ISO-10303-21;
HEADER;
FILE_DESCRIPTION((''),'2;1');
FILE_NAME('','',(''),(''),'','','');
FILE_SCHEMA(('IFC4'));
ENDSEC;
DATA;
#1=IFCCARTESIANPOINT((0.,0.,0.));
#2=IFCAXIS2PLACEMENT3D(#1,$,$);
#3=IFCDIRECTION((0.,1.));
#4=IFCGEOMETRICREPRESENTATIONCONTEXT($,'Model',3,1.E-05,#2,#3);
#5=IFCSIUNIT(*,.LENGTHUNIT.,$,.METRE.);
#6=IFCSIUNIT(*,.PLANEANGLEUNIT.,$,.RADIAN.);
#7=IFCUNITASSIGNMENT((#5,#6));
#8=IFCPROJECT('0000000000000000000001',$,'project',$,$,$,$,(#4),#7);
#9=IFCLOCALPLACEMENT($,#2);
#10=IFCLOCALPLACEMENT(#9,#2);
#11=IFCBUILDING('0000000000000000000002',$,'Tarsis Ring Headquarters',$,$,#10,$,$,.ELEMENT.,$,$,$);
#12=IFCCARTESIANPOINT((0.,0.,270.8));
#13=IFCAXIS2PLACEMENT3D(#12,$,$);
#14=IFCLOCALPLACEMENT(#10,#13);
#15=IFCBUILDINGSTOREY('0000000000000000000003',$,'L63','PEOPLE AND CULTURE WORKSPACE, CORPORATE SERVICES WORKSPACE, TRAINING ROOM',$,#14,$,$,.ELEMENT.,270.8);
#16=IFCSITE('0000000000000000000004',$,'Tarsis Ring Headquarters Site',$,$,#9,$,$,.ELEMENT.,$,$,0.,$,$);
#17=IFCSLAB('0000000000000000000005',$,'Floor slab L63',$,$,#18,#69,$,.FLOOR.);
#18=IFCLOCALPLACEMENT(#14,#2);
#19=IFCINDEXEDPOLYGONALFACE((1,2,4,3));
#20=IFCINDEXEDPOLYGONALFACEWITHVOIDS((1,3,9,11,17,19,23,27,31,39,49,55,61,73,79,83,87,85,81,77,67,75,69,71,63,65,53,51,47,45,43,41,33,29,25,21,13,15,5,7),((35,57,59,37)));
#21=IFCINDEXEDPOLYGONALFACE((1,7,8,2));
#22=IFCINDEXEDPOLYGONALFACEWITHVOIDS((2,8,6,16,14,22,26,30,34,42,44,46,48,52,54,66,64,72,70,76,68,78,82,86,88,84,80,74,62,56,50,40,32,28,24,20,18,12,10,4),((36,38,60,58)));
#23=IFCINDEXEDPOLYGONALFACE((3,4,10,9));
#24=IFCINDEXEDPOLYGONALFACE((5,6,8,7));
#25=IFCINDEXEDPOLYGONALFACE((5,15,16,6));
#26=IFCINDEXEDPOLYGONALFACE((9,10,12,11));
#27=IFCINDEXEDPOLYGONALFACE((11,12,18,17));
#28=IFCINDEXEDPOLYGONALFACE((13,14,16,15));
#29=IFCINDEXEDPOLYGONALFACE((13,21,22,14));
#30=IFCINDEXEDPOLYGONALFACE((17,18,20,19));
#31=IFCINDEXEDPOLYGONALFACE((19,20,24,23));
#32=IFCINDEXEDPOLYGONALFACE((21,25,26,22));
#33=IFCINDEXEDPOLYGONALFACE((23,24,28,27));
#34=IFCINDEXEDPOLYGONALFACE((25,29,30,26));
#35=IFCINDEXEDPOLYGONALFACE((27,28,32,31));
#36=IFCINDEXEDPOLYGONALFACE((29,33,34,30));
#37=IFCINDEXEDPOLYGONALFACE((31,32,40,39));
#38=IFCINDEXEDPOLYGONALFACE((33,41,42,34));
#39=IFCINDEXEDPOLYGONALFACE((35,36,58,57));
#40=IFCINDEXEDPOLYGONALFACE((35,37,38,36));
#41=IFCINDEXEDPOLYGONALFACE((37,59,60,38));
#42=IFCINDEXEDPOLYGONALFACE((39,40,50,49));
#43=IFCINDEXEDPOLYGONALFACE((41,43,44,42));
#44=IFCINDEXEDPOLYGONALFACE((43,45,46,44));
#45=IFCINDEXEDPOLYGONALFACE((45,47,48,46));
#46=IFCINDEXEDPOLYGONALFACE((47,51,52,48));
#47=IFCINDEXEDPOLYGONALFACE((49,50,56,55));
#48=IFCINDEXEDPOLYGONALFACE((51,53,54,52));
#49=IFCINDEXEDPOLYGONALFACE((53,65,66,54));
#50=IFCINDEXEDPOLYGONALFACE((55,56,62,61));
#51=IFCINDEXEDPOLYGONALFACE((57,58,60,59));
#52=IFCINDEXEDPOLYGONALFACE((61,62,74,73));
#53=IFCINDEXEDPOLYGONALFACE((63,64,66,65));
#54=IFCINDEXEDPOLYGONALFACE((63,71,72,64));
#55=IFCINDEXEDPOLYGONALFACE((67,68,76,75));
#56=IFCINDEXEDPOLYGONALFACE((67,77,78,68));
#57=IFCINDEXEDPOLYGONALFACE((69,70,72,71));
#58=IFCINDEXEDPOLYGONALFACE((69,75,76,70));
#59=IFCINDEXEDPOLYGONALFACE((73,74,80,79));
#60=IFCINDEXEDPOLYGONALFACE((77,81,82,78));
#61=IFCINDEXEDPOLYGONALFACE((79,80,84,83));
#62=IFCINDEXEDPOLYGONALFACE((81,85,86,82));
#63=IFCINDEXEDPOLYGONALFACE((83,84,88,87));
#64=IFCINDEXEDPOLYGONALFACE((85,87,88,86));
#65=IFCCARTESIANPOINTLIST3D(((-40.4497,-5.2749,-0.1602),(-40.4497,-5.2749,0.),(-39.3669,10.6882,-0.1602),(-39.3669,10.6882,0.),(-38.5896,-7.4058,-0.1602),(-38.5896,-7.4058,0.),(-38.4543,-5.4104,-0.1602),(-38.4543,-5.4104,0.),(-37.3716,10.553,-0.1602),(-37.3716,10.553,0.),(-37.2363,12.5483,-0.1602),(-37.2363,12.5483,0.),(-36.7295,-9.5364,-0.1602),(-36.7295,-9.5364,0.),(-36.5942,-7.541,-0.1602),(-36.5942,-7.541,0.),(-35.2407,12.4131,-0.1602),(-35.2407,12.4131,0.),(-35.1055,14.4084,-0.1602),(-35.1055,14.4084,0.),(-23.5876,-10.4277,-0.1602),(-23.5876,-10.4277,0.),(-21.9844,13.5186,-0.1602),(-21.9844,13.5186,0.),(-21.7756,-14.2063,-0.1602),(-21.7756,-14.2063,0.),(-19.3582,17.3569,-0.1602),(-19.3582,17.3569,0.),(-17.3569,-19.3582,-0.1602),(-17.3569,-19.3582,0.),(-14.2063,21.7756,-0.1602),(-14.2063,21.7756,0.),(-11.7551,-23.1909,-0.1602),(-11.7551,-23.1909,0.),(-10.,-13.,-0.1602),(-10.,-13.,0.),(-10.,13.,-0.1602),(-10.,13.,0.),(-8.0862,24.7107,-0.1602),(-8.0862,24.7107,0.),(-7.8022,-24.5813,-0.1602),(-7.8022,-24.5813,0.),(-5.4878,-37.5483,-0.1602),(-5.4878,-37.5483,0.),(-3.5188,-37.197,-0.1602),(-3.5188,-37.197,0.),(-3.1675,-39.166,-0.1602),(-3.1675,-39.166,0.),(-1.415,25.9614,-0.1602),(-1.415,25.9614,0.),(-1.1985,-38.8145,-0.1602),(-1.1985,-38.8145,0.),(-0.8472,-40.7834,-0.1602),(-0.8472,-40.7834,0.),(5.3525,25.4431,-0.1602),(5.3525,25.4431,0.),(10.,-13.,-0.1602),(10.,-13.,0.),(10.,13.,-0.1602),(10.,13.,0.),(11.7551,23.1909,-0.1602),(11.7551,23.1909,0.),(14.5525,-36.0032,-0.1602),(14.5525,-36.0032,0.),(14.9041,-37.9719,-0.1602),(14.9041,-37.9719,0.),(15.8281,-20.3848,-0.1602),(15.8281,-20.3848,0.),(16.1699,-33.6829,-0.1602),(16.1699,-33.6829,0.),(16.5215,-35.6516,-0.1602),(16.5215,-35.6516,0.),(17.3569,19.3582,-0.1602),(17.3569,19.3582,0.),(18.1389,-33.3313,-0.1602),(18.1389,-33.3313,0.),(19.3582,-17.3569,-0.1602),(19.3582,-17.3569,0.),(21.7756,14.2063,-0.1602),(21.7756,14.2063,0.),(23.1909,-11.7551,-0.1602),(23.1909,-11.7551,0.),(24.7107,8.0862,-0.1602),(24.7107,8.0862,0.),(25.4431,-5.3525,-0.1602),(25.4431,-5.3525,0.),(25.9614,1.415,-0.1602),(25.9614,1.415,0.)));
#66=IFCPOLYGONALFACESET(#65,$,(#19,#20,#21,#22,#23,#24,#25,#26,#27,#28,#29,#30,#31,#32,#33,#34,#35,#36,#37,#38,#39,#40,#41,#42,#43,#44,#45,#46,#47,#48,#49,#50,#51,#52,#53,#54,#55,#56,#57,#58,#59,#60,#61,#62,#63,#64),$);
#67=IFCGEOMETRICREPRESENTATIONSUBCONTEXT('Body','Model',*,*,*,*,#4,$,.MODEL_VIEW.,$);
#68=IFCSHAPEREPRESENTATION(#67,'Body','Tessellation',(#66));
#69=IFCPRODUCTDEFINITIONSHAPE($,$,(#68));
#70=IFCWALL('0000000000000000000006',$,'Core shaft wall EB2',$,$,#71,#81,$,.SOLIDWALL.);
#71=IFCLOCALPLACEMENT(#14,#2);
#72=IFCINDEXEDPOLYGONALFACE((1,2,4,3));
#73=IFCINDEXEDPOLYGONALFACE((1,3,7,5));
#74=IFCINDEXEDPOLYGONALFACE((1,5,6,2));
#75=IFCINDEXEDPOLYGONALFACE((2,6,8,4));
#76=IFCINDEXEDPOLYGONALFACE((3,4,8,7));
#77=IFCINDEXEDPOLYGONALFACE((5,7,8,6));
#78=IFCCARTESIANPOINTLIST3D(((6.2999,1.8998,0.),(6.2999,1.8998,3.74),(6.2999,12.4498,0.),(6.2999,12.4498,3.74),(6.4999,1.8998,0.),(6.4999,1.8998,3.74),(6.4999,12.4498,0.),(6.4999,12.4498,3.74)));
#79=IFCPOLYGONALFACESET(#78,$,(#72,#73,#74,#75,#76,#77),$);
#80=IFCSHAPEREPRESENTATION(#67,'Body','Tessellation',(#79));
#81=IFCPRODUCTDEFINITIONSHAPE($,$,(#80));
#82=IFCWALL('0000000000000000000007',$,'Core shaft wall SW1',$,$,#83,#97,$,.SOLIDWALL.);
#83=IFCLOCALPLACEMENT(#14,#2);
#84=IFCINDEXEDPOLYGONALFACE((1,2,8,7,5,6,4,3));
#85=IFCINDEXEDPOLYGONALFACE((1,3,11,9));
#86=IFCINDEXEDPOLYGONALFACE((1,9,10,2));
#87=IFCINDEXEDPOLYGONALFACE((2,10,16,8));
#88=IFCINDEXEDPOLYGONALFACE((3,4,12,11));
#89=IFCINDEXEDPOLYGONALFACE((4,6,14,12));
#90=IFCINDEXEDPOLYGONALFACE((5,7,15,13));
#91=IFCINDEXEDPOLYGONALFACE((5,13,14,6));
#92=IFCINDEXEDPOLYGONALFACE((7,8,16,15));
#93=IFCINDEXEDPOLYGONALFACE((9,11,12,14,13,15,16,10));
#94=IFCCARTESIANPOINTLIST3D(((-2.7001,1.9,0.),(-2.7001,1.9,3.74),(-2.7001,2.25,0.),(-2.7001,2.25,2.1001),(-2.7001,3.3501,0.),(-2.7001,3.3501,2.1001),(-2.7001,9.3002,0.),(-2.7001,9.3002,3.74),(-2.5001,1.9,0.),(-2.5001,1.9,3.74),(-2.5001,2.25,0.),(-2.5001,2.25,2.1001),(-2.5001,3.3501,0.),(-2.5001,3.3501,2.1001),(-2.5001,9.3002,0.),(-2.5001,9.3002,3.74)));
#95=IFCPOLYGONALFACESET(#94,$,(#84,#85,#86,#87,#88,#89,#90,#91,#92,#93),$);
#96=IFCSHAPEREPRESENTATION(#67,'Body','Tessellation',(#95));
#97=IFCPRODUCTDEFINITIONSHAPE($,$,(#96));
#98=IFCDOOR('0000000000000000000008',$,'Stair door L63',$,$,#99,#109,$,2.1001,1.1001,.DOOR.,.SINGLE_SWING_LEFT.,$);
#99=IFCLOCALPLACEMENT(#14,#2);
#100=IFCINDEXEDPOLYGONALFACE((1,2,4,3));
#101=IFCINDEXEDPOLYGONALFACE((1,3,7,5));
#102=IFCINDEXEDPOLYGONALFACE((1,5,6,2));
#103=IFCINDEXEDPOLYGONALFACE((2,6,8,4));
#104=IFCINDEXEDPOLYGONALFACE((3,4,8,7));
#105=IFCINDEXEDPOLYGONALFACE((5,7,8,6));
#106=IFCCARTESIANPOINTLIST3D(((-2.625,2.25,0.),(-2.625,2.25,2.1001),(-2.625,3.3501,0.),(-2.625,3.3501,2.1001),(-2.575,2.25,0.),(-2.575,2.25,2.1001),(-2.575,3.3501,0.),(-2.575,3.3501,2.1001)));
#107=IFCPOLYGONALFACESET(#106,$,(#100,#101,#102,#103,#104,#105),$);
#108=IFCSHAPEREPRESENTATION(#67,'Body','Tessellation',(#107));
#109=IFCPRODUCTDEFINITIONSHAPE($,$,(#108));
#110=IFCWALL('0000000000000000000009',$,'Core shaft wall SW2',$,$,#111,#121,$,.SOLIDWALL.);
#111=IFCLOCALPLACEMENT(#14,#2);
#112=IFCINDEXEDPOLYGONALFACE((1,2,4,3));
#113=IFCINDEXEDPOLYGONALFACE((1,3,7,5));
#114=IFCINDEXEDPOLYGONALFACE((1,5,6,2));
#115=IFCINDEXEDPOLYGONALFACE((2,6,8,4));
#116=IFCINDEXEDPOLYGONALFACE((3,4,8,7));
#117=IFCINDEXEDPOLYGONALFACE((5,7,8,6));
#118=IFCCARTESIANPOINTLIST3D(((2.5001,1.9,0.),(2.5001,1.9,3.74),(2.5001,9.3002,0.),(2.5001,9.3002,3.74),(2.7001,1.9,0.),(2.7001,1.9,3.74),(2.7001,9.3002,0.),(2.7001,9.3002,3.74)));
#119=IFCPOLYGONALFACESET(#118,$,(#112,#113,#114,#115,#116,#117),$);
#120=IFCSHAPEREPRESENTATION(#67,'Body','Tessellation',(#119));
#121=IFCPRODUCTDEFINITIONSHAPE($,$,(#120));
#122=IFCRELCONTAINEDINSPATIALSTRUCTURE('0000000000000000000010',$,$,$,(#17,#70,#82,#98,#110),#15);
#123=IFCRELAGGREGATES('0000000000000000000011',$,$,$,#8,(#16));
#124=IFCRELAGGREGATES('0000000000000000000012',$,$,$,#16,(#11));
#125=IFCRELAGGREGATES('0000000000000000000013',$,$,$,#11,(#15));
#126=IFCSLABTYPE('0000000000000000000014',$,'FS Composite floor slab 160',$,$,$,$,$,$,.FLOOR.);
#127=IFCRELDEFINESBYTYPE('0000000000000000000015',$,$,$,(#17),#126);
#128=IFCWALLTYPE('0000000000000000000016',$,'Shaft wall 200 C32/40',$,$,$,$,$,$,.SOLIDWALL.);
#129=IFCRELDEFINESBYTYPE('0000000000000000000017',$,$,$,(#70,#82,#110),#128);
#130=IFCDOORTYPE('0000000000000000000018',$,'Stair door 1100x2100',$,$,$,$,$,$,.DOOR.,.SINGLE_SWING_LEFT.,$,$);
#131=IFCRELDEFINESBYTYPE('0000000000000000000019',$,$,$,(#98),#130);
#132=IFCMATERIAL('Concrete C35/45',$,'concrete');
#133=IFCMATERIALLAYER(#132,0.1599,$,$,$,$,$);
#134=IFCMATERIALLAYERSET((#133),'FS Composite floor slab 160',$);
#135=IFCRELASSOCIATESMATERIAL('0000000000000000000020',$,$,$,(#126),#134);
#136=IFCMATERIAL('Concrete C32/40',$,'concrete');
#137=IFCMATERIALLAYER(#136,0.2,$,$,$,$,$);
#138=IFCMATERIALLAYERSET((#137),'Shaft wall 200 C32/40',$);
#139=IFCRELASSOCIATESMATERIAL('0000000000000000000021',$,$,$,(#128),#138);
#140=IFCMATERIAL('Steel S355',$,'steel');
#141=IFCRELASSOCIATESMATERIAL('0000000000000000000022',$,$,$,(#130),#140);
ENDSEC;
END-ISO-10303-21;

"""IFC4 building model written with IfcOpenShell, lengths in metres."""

from ifc_helpers import new_model, si_unit, direction, frame, frame_2d, origin, place, context, subcontext, project, spatial, polyline, rectangle, outline, extrude, material, layer, layer_set, type_object, element, fill, save


model = new_model("IFC4")

# Units and contexts
model_context = context("Model", 3, precision=1e-05, world=origin(), true_north=direction((0.0, 1.0)))
body_context = subcontext(model_context, "Body", "Model", "MODEL_VIEW")
ifc_project = project(units=[si_unit("LENGTHUNIT", "METRE"), si_unit("PLANEANGLEUNIT", "RADIAN")], contexts=[model_context])

# Site, building, storey
site_placement = place(None, origin())
site = spatial("IfcSite", under=ifc_project, at=site_placement, Name="Tarsis Ring Headquarters Site", CompositionType="ELEMENT", RefElevation=0.0)
building_placement = place(site_placement, origin())
building = spatial("IfcBuilding", under=site, at=building_placement, Name="Tarsis Ring Headquarters", CompositionType="ELEMENT")
storey_placement = place(building_placement, frame((0.0, 0.0, 270.8)))
storey = spatial("IfcBuildingStorey", under=building, at=storey_placement, Name="L63", Description="PEOPLE AND CULTURE WORKSPACE, CORPORATE SERVICES WORKSPACE, TRAINING ROOM", CompositionType="ELEMENT", Elevation=270.8)

# Slab
ifc_material_1 = material(Name="Concrete C35/45", Category="concrete")
ifc_layer_1 = layer(ifc_material_1, 0.1599)
ifc_layer_set_1 = layer_set([ifc_layer_1], Name="FS Composite floor slab 160")
slab_type_1 = type_object("IfcSlabType", Name="FS Composite floor slab 160", PredefinedType="FLOOR", material=ifc_layer_set_1)
slab_1_placement = place(storey_placement, frame((0.0, 0.0, -0.1602)))
element("IfcSlab", 1, at=slab_1_placement, inside=storey, type_object=slab_type_1, Name="Floor slab L63", PredefinedType="FLOOR", context=body_context, shape_type="SweptSolid", body=[
    extrude(outline(polyline([(-23.5876, -10.4277), (-21.7756, -14.2063), (-17.3569, -19.3582), (-11.7551, -23.1909), (-7.8022, -24.5813), (-5.4878, -37.5483), (-3.5188, -37.197), (-3.1675, -39.166), (-1.1985, -38.8145), (-0.8472, -40.7834), (14.9041, -37.9719), (14.5525, -36.0032), (16.5215, -35.6516), (16.1699, -33.6829), (18.1389, -33.3313), (15.8281, -20.3848), (19.3582, -17.3569), (23.1909, -11.7551), (25.4431, -5.3525), (25.9614, 1.415), (24.7107, 8.0862), (21.7756, 14.2063), (17.3569, 19.3582), (11.7551, 23.1909), (5.3525, 25.4431), (-1.415, 25.9614), (-8.0862, 24.7107), (-14.2063, 21.7756), (-19.3582, 17.3569), (-21.9844, 13.5186), (-35.1055, 14.4084), (-35.2407, 12.4131), (-37.2363, 12.5483), (-37.3716, 10.553), (-39.3669, 10.6882), (-40.4497, -5.2749), (-38.4543, -5.4104), (-38.5896, -7.4058), (-36.5942, -7.541), (-36.7295, -9.5364), (-23.5876, -10.4277)]), holes=[polyline([(-10.0, -13.0), (-10.0, 13.0), (10.0, 13.0), (10.0, -13.0), (-10.0, -13.0)])]), origin(), (0.0, 0.0, 1.0), 0.1602),
])

# Wall
ifc_material_2 = material(Name="Concrete C32/40", Category="concrete")
ifc_layer_2 = layer(ifc_material_2, 0.2)
ifc_layer_set_2 = layer_set([ifc_layer_2], Name="Shaft wall 200 C32/40")
wall_type = type_object("IfcWallType", Name="Shaft wall 200 C32/40", PredefinedType="SOLIDWALL", material=ifc_layer_set_2)
wall_1_placement = place(storey_placement, frame((6.3999, 1.8999, 0.0), z_axis=(0.0, 0.0, 1.0), x_axis=(0.0, 1.0, 0.0)))
element("IfcWall", 2, at=wall_1_placement, inside=storey, type_object=wall_type, Name="Core shaft wall EB2", PredefinedType="SOLIDWALL", context=body_context, shape_type="SweptSolid", body=[
    extrude(rectangle(XDim=10.55, YDim=0.2, at=frame_2d((5.2749, 0.0))), origin(), (0.0, 0.0, 1.0), 3.74),
])

# Wall, opening, door
wall_2_placement = place(storey_placement, frame((-2.6001, 1.8999, 0.0), z_axis=(0.0, 0.0, 1.0), x_axis=(0.0, 1.0, 0.0)))
wall_2 = element("IfcWall", 3, at=wall_2_placement, inside=storey, type_object=wall_type, Name="Core shaft wall SW1", PredefinedType="SOLIDWALL", context=body_context, shape_type="SweptSolid", body=[
    extrude(rectangle(XDim=7.4001, YDim=0.2, at=frame_2d((3.7002, 0.0))), origin(), (0.0, 0.0, 1.0), 3.74),
])
opening_placement = place(wall_2_placement, frame((0.3501, 0.0, 0.0)))
opening = element("IfcOpeningElement", 4, at=opening_placement, cuts=wall_2, PredefinedType="OPENING", context=body_context, shape_type="SweptSolid", body=[
    extrude(rectangle(XDim=1.1001, YDim=2.1001, at=frame_2d((0.55, 1.05))), frame((0.0, 0.1099, 0.0), z_axis=(0.0, -1.0, 0.0), x_axis=(1.0, 0.0, 0.0)), (0.0, 0.0, 1.0), 0.22),
])
ifc_material_3 = material(Name="Steel S355", Category="steel")
door_type = type_object("IfcDoorType", Name="Stair door 1100x2100", OperationType="SINGLE_SWING_LEFT", PredefinedType="DOOR", material=ifc_material_3)
door_placement = place(opening_placement, origin())
door = element("IfcDoor", 5, at=door_placement, inside=storey, type_object=door_type, Name="Stair door L63", OperationType="SINGLE_SWING_LEFT", OverallHeight=2.1001, OverallWidth=1.1001, PredefinedType="DOOR", context=body_context, shape_type="SweptSolid", body=[
    extrude(rectangle(XDim=1.1001, YDim=2.1001, at=frame_2d((0.55, 1.05))), frame((0.0, 0.0249, 0.0), z_axis=(0.0, -1.0, 0.0), x_axis=(1.0, 0.0, 0.0)), (0.0, 0.0, 1.0), 0.05),
])
fill(opening, door)

# Wall
wall_3_placement = place(storey_placement, frame((2.6001, 1.8999, 0.0), z_axis=(0.0, 0.0, 1.0), x_axis=(0.0, 1.0, 0.0)))
element("IfcWall", 6, at=wall_3_placement, inside=storey, type_object=wall_type, Name="Core shaft wall SW2", PredefinedType="SOLIDWALL", context=body_context, shape_type="SweptSolid", body=[
    extrude(rectangle(XDim=7.4001, YDim=0.2, at=frame_2d((3.7002, 0.0))), origin(), (0.0, 0.0, 1.0), 3.74),
])

save(model, "model.ifc")
